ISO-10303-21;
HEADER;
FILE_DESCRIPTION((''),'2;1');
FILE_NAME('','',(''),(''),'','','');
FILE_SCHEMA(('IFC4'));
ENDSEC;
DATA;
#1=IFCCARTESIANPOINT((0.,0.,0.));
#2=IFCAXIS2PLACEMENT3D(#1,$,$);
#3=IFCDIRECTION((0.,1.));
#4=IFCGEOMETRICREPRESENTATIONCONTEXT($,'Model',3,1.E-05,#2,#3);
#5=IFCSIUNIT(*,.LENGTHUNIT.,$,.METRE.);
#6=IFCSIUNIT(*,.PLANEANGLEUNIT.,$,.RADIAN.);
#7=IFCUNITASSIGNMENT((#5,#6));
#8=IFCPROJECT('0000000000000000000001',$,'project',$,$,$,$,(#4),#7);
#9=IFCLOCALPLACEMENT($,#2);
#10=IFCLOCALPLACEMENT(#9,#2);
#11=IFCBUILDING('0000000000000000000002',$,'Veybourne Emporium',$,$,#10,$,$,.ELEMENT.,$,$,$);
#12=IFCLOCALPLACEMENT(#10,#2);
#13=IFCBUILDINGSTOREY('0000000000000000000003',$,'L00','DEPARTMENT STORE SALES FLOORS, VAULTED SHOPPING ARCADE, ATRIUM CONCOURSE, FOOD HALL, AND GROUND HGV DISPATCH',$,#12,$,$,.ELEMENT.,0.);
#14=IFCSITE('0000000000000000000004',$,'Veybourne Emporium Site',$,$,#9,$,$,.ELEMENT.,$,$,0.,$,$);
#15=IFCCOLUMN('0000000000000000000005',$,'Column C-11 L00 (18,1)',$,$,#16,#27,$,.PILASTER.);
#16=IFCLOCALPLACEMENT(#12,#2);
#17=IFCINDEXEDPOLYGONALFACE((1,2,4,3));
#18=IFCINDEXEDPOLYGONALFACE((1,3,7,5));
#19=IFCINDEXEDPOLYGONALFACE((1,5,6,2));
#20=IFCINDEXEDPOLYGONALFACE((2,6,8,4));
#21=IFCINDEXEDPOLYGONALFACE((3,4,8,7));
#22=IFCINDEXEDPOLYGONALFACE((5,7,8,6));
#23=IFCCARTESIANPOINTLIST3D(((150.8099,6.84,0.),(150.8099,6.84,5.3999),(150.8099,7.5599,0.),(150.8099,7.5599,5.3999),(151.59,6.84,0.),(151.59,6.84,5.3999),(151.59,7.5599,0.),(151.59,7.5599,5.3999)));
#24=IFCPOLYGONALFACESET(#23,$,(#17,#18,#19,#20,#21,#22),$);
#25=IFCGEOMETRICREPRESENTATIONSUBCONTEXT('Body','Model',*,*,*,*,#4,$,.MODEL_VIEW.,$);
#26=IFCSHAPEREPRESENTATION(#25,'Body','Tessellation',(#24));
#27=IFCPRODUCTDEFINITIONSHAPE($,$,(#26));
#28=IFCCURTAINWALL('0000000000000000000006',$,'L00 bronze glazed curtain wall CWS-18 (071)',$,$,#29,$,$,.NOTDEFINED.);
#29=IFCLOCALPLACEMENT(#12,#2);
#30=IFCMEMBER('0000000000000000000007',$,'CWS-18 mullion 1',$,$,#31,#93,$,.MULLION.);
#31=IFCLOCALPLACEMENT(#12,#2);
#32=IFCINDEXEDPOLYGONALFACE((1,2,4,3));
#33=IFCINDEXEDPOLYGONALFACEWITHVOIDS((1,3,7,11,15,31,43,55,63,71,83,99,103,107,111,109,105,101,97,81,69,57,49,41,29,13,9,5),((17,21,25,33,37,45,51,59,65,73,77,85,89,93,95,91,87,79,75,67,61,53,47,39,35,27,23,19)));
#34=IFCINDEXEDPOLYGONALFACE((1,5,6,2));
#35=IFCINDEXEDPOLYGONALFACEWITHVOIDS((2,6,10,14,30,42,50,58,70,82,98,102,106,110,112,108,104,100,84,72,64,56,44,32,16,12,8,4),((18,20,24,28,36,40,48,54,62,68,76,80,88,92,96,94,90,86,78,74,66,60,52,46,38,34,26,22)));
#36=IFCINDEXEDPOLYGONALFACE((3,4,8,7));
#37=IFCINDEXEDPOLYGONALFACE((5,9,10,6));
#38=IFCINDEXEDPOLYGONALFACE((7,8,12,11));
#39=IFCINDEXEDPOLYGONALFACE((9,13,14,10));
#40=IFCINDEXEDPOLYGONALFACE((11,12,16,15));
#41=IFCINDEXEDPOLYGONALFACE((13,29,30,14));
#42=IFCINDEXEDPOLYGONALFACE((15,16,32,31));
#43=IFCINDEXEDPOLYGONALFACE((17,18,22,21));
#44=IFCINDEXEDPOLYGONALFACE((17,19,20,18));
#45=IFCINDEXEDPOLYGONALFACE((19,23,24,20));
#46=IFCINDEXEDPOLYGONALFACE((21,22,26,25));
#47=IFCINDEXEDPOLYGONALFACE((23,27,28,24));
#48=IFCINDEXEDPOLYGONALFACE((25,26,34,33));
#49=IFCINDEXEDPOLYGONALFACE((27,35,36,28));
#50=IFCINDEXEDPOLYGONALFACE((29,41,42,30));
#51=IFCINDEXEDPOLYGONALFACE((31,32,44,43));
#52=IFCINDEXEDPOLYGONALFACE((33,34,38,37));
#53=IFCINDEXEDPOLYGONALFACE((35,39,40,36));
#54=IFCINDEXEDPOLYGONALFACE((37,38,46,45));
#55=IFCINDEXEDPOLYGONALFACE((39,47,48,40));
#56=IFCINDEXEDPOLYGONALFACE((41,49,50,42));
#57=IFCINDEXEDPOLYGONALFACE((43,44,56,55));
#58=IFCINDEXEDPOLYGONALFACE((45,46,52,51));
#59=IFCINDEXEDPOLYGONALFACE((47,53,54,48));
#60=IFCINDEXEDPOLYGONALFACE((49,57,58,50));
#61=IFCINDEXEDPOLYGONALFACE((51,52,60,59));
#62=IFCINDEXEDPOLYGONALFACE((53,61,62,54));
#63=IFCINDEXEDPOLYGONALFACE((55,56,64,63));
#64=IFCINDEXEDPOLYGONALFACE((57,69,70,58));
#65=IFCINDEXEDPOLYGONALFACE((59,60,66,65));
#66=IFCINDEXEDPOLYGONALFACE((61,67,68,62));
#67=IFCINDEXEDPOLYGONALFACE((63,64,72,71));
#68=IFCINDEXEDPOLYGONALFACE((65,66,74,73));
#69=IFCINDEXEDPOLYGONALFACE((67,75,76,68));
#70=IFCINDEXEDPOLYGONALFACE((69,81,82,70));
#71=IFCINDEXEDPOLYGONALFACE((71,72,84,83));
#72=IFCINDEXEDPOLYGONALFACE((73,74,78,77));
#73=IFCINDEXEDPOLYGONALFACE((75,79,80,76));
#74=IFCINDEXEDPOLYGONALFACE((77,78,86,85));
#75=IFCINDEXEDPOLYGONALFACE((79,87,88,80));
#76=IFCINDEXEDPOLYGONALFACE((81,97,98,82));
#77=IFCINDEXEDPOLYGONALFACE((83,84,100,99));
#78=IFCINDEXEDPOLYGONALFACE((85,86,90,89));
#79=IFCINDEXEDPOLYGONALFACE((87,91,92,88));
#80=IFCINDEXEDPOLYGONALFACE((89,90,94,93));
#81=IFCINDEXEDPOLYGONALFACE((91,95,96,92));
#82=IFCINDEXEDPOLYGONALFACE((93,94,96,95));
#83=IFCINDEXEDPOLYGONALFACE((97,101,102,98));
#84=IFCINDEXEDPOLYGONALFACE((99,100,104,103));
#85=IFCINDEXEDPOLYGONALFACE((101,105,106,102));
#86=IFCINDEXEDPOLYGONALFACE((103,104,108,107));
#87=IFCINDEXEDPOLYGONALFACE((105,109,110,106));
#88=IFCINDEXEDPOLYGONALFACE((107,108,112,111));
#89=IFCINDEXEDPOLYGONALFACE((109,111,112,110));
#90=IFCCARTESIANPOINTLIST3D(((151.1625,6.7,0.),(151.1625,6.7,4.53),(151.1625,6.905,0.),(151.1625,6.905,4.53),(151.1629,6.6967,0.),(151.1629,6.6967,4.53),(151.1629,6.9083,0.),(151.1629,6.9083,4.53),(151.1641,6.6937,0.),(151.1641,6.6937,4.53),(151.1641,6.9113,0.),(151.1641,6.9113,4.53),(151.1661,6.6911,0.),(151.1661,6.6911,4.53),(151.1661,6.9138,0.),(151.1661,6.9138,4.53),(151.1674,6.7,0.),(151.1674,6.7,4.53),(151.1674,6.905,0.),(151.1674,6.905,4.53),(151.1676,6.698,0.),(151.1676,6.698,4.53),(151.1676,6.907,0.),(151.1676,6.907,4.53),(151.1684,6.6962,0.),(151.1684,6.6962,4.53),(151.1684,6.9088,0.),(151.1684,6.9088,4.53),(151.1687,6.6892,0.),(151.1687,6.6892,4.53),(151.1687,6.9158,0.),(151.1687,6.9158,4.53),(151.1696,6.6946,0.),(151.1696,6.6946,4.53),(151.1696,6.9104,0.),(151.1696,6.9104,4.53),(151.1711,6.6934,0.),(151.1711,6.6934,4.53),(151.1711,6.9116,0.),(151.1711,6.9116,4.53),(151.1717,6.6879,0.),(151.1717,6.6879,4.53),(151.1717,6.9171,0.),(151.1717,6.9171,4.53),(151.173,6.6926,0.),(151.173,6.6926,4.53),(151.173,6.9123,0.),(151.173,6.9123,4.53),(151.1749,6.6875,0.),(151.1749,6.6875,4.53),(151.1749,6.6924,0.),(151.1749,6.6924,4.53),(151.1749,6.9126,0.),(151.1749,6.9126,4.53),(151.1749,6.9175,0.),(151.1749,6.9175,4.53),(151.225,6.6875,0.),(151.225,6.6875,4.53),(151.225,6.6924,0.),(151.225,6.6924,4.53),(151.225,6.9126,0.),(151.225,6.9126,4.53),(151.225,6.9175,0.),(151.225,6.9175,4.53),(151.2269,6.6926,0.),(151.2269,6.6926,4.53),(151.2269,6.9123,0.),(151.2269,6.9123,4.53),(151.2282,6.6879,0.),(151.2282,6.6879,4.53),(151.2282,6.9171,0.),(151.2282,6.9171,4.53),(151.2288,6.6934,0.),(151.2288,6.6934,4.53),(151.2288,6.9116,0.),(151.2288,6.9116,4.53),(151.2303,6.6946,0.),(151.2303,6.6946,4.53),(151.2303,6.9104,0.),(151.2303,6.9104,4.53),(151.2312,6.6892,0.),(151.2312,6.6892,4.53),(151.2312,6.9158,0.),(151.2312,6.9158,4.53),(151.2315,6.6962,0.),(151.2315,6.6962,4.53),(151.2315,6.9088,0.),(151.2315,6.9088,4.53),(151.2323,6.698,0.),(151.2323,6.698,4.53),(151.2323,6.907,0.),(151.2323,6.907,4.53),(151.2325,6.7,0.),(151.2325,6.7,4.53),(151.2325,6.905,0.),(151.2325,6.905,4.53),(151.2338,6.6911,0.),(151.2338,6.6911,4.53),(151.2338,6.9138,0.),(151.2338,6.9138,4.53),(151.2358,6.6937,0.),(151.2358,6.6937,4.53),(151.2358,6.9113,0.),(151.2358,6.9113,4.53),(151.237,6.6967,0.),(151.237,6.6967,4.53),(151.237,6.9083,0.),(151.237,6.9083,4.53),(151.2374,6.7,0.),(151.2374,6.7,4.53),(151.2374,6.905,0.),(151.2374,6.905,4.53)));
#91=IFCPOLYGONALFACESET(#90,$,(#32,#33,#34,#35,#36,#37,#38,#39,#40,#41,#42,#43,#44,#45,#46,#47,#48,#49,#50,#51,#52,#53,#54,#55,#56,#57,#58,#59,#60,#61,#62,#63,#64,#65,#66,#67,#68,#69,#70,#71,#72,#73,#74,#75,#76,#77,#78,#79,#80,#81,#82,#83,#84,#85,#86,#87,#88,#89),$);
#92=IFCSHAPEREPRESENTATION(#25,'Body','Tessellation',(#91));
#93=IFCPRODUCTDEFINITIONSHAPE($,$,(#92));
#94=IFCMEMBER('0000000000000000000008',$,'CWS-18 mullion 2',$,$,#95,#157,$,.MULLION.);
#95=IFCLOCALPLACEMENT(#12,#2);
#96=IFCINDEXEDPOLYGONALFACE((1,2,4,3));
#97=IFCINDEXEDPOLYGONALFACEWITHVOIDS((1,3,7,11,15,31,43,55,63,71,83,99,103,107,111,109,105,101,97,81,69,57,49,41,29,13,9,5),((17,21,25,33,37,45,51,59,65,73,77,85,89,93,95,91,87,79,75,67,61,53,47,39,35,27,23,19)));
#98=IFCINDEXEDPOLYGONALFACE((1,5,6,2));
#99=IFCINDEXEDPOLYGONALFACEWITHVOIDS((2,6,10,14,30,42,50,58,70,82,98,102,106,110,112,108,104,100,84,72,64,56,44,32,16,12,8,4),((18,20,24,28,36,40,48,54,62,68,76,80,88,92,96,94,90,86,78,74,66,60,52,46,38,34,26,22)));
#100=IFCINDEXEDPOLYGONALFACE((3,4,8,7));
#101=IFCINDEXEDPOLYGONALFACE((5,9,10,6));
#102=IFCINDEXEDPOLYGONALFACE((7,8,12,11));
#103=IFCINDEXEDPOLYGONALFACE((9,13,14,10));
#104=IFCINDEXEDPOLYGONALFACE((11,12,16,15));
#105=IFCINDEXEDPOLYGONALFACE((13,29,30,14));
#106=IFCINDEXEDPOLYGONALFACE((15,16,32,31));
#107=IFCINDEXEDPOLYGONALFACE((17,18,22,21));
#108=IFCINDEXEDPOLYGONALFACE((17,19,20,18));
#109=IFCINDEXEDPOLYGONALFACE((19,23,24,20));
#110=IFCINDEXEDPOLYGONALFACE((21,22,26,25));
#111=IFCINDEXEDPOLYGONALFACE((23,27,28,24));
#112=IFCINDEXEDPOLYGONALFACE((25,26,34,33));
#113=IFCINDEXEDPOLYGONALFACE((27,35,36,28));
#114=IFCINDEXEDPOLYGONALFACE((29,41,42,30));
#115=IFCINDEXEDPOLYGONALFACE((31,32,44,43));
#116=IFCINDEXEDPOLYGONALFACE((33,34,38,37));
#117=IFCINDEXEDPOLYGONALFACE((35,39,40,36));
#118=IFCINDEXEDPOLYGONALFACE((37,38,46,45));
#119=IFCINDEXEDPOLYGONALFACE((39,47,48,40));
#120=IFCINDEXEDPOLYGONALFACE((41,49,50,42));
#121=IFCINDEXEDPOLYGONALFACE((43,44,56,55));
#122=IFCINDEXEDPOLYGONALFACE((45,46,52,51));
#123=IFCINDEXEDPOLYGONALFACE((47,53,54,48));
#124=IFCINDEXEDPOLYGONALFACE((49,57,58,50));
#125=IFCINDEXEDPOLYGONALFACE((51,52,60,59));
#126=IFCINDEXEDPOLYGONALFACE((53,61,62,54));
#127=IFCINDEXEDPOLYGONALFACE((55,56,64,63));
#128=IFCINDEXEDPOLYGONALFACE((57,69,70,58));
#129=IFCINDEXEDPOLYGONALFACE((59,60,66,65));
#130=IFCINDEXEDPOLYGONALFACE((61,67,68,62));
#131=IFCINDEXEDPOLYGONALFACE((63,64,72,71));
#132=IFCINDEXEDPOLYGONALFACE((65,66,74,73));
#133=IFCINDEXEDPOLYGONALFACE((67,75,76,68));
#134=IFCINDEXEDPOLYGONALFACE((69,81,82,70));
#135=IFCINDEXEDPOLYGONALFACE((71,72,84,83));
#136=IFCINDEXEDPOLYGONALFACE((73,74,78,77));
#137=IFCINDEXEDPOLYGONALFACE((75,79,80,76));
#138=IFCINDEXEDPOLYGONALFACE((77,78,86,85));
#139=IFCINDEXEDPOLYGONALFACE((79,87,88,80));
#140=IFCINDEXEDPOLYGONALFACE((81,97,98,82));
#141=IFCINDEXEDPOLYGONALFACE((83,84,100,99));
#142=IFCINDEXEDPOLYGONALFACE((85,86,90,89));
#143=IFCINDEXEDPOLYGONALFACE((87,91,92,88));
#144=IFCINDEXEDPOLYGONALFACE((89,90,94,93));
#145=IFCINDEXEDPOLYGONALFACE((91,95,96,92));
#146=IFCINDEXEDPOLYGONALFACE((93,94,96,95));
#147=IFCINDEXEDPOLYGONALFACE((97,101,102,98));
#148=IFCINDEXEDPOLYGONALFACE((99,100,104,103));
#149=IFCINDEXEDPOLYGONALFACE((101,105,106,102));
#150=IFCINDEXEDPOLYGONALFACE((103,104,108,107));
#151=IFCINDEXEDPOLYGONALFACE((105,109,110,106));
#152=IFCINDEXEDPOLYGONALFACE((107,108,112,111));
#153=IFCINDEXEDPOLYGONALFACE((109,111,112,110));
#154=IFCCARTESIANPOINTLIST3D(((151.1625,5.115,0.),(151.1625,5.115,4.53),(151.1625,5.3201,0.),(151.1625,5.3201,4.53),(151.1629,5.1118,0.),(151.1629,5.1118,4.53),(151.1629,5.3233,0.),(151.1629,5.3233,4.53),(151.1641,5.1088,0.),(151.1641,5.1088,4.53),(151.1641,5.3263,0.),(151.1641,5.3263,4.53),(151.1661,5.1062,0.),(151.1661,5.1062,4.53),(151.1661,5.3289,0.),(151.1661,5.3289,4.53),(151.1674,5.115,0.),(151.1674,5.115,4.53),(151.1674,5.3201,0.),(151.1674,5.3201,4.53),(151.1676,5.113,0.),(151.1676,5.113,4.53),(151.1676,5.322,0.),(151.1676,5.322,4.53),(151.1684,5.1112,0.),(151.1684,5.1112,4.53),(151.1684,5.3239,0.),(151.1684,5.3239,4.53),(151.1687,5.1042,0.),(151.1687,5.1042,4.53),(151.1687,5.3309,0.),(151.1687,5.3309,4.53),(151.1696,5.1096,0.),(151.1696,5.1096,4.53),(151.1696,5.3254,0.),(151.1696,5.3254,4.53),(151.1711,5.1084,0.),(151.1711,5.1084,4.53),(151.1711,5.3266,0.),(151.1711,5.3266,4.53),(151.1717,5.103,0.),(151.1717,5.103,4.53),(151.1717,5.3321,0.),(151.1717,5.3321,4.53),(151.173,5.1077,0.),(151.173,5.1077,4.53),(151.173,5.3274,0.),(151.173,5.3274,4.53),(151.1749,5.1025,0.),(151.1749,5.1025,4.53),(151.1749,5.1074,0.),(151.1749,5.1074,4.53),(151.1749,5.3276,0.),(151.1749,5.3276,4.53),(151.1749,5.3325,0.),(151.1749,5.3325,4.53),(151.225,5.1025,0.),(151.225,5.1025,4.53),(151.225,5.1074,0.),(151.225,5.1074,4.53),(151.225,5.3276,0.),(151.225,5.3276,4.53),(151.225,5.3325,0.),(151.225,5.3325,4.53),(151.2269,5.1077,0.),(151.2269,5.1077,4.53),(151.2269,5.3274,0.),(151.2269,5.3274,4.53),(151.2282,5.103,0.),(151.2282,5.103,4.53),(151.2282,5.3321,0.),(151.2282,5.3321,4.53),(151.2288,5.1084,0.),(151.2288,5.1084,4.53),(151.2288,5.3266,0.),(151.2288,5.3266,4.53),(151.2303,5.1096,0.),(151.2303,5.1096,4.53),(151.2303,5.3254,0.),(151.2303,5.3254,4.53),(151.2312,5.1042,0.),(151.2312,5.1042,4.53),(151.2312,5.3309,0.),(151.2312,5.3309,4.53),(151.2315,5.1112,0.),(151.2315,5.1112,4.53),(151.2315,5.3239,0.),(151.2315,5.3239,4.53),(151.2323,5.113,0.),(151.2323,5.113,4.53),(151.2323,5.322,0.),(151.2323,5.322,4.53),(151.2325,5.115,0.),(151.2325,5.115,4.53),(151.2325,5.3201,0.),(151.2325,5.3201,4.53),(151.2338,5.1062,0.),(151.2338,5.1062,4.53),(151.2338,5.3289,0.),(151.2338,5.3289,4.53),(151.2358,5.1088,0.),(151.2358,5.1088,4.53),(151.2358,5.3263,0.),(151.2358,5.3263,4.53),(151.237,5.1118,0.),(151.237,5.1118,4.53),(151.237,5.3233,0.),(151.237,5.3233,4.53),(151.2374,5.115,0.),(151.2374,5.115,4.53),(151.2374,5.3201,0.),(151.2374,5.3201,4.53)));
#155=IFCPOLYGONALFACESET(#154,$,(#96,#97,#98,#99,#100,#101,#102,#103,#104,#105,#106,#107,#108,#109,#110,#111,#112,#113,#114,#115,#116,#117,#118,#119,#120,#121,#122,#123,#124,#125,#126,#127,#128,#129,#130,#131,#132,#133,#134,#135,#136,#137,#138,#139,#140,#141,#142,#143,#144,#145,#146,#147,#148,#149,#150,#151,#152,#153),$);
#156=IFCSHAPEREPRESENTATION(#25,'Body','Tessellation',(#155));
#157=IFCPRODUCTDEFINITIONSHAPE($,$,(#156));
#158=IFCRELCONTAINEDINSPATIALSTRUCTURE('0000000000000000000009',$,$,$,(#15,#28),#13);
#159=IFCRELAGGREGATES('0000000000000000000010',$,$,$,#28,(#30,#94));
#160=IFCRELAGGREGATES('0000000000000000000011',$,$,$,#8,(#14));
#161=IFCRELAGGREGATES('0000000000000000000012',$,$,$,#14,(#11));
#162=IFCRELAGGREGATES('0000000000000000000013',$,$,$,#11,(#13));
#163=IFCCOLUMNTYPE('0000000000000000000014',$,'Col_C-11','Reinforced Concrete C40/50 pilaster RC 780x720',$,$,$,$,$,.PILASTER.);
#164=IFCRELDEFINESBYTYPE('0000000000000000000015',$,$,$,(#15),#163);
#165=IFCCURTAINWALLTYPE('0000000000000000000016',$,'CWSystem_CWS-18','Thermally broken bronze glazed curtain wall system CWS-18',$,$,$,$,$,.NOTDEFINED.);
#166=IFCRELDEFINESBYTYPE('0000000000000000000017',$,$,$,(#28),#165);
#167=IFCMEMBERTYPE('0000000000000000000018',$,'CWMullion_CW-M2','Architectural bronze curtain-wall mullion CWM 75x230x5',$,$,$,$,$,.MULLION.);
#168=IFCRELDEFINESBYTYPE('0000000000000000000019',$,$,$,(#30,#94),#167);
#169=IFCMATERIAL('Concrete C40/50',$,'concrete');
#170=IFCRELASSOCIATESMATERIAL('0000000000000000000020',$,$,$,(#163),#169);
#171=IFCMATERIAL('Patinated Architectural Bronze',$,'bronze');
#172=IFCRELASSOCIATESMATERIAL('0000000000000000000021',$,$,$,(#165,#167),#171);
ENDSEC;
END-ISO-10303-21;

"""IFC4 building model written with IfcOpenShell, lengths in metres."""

from ifc_helpers import new_model, si_unit, direction, frame, origin, origin_2d, place, context, subcontext, project, spatial, rectangle, hollow_rectangle, extrude, material, material_profile, profile_set, type_object, element, aggregate, save


model = new_model("IFC4")

# Units and contexts
model_context = context("Model", 3, precision=1e-05, world=origin(), true_north=direction((0.0, 1.0)))
body_context = subcontext(model_context, "Body", "Model", "MODEL_VIEW")
ifc_project = project(units=[si_unit("LENGTHUNIT", "METRE"), si_unit("PLANEANGLEUNIT", "RADIAN")], contexts=[model_context])

# Site, building, storey
site_placement = place(None, origin())
site = spatial("IfcSite", under=ifc_project, at=site_placement, Name="Veybourne Emporium Site", CompositionType="ELEMENT", RefElevation=0.0)
building_placement = place(site_placement, origin())
building = spatial("IfcBuilding", under=site, at=building_placement, Name="Veybourne Emporium", CompositionType="ELEMENT")
storey_placement = place(building_placement, origin())
storey = spatial("IfcBuildingStorey", under=building, at=storey_placement, Name="L00", Description="DEPARTMENT STORE SALES FLOORS, VAULTED SHOPPING ARCADE, ATRIUM CONCOURSE, FOOD HALL, AND GROUND HGV DISPATCH", CompositionType="ELEMENT", Elevation=0.0)

# Column
ifc_material_1 = material(Name="Concrete C40/50", Category="concrete")
ifc_material_profile_1 = material_profile(ifc_material_1, rectangle(XDim=0.78, YDim=0.72, at=origin_2d()), Name="RC 780x720")
ifc_profile_set_1 = profile_set([ifc_material_profile_1], Name="Concrete C40/50")
column_type = type_object("IfcColumnType", Name="Col_C-11", Description="Reinforced Concrete C40/50 pilaster RC 780x720", PredefinedType="PILASTER", material=ifc_profile_set_1)
column_placement = place(storey_placement, frame((151.2, 7.2, 0.0), z_axis=(0.0, 0.0, 1.0), x_axis=(1.0, 0.0, 0.0)))
element("IfcColumn", 1, at=column_placement, inside=storey, type_object=column_type, Name="Column C-11 L00 (18,1)", PredefinedType="PILASTER", context=body_context, shape_type="SweptSolid", body=[
    extrude(rectangle(XDim=0.78, YDim=0.72, at=origin_2d()), origin(), (0.0, 0.0, 1.0), 5.3999),
])

# Curtain wall, members
ifc_material_2 = material(Name="Patinated Architectural Bronze", Category="bronze")
curtain_wall_type_1 = type_object("IfcCurtainWallType", Name="CWSystem_CWS-18", Description="Thermally broken bronze glazed curtain wall system CWS-18", PredefinedType="NOTDEFINED", material=ifc_material_2)
curtain_wall_1_placement = place(storey_placement, origin())
curtain_wall_1 = element("IfcCurtainWall", 2, at=curtain_wall_1_placement, inside=storey, type_object=curtain_wall_type_1, Name="L00 bronze glazed curtain wall CWS-18 (071)", PredefinedType="NOTDEFINED")
ifc_material_profile_2 = material_profile(ifc_material_2, hollow_rectangle(XDim=0.075, YDim=0.23, WallThickness=0.0049, InnerFilletRadius=0.0076, OuterFilletRadius=0.0125, at=origin_2d()), Name="CWM 75x230x5")
ifc_profile_set_2 = profile_set([ifc_material_profile_2], Name="Patinated Architectural Bronze")
member_type_1 = type_object("IfcMemberType", Name="CWMullion_CW-M2", Description="Architectural bronze curtain-wall mullion CWM 75x230x5", PredefinedType="MULLION", material=ifc_profile_set_2)
member_1_placement = place(storey_placement, frame((151.2, 6.8025, 0.0), z_axis=(0.0, 0.0, 1.0), x_axis=(1.0, 0.0, 0.0)))
member_1 = element("IfcMember", 3, at=member_1_placement, type_object=member_type_1, Name="CWS-18 mullion 1", PredefinedType="MULLION", context=body_context, shape_type="SweptSolid", body=[
    extrude(hollow_rectangle(XDim=0.075, YDim=0.23, WallThickness=0.0049, InnerFilletRadius=0.0076, OuterFilletRadius=0.0125, at=origin_2d()), origin(), (0.0, 0.0, 1.0), 4.53),
])
member_2_placement = place(storey_placement, frame((151.2, 5.2175, 0.0), z_axis=(0.0, 0.0, 1.0), x_axis=(1.0, 0.0, 0.0)))
member_2 = element("IfcMember", 4, at=member_2_placement, type_object=member_type_1, Name="CWS-18 mullion 2", PredefinedType="MULLION", context=body_context, shape_type="SweptSolid", body=[
    extrude(hollow_rectangle(XDim=0.075, YDim=0.23, WallThickness=0.0049, InnerFilletRadius=0.0076, OuterFilletRadius=0.0125, at=origin_2d()), origin(), (0.0, 0.0, 1.0), 4.53),
])

aggregate(curtain_wall_1, [member_1, member_2])

save(model, "model.ifc")
